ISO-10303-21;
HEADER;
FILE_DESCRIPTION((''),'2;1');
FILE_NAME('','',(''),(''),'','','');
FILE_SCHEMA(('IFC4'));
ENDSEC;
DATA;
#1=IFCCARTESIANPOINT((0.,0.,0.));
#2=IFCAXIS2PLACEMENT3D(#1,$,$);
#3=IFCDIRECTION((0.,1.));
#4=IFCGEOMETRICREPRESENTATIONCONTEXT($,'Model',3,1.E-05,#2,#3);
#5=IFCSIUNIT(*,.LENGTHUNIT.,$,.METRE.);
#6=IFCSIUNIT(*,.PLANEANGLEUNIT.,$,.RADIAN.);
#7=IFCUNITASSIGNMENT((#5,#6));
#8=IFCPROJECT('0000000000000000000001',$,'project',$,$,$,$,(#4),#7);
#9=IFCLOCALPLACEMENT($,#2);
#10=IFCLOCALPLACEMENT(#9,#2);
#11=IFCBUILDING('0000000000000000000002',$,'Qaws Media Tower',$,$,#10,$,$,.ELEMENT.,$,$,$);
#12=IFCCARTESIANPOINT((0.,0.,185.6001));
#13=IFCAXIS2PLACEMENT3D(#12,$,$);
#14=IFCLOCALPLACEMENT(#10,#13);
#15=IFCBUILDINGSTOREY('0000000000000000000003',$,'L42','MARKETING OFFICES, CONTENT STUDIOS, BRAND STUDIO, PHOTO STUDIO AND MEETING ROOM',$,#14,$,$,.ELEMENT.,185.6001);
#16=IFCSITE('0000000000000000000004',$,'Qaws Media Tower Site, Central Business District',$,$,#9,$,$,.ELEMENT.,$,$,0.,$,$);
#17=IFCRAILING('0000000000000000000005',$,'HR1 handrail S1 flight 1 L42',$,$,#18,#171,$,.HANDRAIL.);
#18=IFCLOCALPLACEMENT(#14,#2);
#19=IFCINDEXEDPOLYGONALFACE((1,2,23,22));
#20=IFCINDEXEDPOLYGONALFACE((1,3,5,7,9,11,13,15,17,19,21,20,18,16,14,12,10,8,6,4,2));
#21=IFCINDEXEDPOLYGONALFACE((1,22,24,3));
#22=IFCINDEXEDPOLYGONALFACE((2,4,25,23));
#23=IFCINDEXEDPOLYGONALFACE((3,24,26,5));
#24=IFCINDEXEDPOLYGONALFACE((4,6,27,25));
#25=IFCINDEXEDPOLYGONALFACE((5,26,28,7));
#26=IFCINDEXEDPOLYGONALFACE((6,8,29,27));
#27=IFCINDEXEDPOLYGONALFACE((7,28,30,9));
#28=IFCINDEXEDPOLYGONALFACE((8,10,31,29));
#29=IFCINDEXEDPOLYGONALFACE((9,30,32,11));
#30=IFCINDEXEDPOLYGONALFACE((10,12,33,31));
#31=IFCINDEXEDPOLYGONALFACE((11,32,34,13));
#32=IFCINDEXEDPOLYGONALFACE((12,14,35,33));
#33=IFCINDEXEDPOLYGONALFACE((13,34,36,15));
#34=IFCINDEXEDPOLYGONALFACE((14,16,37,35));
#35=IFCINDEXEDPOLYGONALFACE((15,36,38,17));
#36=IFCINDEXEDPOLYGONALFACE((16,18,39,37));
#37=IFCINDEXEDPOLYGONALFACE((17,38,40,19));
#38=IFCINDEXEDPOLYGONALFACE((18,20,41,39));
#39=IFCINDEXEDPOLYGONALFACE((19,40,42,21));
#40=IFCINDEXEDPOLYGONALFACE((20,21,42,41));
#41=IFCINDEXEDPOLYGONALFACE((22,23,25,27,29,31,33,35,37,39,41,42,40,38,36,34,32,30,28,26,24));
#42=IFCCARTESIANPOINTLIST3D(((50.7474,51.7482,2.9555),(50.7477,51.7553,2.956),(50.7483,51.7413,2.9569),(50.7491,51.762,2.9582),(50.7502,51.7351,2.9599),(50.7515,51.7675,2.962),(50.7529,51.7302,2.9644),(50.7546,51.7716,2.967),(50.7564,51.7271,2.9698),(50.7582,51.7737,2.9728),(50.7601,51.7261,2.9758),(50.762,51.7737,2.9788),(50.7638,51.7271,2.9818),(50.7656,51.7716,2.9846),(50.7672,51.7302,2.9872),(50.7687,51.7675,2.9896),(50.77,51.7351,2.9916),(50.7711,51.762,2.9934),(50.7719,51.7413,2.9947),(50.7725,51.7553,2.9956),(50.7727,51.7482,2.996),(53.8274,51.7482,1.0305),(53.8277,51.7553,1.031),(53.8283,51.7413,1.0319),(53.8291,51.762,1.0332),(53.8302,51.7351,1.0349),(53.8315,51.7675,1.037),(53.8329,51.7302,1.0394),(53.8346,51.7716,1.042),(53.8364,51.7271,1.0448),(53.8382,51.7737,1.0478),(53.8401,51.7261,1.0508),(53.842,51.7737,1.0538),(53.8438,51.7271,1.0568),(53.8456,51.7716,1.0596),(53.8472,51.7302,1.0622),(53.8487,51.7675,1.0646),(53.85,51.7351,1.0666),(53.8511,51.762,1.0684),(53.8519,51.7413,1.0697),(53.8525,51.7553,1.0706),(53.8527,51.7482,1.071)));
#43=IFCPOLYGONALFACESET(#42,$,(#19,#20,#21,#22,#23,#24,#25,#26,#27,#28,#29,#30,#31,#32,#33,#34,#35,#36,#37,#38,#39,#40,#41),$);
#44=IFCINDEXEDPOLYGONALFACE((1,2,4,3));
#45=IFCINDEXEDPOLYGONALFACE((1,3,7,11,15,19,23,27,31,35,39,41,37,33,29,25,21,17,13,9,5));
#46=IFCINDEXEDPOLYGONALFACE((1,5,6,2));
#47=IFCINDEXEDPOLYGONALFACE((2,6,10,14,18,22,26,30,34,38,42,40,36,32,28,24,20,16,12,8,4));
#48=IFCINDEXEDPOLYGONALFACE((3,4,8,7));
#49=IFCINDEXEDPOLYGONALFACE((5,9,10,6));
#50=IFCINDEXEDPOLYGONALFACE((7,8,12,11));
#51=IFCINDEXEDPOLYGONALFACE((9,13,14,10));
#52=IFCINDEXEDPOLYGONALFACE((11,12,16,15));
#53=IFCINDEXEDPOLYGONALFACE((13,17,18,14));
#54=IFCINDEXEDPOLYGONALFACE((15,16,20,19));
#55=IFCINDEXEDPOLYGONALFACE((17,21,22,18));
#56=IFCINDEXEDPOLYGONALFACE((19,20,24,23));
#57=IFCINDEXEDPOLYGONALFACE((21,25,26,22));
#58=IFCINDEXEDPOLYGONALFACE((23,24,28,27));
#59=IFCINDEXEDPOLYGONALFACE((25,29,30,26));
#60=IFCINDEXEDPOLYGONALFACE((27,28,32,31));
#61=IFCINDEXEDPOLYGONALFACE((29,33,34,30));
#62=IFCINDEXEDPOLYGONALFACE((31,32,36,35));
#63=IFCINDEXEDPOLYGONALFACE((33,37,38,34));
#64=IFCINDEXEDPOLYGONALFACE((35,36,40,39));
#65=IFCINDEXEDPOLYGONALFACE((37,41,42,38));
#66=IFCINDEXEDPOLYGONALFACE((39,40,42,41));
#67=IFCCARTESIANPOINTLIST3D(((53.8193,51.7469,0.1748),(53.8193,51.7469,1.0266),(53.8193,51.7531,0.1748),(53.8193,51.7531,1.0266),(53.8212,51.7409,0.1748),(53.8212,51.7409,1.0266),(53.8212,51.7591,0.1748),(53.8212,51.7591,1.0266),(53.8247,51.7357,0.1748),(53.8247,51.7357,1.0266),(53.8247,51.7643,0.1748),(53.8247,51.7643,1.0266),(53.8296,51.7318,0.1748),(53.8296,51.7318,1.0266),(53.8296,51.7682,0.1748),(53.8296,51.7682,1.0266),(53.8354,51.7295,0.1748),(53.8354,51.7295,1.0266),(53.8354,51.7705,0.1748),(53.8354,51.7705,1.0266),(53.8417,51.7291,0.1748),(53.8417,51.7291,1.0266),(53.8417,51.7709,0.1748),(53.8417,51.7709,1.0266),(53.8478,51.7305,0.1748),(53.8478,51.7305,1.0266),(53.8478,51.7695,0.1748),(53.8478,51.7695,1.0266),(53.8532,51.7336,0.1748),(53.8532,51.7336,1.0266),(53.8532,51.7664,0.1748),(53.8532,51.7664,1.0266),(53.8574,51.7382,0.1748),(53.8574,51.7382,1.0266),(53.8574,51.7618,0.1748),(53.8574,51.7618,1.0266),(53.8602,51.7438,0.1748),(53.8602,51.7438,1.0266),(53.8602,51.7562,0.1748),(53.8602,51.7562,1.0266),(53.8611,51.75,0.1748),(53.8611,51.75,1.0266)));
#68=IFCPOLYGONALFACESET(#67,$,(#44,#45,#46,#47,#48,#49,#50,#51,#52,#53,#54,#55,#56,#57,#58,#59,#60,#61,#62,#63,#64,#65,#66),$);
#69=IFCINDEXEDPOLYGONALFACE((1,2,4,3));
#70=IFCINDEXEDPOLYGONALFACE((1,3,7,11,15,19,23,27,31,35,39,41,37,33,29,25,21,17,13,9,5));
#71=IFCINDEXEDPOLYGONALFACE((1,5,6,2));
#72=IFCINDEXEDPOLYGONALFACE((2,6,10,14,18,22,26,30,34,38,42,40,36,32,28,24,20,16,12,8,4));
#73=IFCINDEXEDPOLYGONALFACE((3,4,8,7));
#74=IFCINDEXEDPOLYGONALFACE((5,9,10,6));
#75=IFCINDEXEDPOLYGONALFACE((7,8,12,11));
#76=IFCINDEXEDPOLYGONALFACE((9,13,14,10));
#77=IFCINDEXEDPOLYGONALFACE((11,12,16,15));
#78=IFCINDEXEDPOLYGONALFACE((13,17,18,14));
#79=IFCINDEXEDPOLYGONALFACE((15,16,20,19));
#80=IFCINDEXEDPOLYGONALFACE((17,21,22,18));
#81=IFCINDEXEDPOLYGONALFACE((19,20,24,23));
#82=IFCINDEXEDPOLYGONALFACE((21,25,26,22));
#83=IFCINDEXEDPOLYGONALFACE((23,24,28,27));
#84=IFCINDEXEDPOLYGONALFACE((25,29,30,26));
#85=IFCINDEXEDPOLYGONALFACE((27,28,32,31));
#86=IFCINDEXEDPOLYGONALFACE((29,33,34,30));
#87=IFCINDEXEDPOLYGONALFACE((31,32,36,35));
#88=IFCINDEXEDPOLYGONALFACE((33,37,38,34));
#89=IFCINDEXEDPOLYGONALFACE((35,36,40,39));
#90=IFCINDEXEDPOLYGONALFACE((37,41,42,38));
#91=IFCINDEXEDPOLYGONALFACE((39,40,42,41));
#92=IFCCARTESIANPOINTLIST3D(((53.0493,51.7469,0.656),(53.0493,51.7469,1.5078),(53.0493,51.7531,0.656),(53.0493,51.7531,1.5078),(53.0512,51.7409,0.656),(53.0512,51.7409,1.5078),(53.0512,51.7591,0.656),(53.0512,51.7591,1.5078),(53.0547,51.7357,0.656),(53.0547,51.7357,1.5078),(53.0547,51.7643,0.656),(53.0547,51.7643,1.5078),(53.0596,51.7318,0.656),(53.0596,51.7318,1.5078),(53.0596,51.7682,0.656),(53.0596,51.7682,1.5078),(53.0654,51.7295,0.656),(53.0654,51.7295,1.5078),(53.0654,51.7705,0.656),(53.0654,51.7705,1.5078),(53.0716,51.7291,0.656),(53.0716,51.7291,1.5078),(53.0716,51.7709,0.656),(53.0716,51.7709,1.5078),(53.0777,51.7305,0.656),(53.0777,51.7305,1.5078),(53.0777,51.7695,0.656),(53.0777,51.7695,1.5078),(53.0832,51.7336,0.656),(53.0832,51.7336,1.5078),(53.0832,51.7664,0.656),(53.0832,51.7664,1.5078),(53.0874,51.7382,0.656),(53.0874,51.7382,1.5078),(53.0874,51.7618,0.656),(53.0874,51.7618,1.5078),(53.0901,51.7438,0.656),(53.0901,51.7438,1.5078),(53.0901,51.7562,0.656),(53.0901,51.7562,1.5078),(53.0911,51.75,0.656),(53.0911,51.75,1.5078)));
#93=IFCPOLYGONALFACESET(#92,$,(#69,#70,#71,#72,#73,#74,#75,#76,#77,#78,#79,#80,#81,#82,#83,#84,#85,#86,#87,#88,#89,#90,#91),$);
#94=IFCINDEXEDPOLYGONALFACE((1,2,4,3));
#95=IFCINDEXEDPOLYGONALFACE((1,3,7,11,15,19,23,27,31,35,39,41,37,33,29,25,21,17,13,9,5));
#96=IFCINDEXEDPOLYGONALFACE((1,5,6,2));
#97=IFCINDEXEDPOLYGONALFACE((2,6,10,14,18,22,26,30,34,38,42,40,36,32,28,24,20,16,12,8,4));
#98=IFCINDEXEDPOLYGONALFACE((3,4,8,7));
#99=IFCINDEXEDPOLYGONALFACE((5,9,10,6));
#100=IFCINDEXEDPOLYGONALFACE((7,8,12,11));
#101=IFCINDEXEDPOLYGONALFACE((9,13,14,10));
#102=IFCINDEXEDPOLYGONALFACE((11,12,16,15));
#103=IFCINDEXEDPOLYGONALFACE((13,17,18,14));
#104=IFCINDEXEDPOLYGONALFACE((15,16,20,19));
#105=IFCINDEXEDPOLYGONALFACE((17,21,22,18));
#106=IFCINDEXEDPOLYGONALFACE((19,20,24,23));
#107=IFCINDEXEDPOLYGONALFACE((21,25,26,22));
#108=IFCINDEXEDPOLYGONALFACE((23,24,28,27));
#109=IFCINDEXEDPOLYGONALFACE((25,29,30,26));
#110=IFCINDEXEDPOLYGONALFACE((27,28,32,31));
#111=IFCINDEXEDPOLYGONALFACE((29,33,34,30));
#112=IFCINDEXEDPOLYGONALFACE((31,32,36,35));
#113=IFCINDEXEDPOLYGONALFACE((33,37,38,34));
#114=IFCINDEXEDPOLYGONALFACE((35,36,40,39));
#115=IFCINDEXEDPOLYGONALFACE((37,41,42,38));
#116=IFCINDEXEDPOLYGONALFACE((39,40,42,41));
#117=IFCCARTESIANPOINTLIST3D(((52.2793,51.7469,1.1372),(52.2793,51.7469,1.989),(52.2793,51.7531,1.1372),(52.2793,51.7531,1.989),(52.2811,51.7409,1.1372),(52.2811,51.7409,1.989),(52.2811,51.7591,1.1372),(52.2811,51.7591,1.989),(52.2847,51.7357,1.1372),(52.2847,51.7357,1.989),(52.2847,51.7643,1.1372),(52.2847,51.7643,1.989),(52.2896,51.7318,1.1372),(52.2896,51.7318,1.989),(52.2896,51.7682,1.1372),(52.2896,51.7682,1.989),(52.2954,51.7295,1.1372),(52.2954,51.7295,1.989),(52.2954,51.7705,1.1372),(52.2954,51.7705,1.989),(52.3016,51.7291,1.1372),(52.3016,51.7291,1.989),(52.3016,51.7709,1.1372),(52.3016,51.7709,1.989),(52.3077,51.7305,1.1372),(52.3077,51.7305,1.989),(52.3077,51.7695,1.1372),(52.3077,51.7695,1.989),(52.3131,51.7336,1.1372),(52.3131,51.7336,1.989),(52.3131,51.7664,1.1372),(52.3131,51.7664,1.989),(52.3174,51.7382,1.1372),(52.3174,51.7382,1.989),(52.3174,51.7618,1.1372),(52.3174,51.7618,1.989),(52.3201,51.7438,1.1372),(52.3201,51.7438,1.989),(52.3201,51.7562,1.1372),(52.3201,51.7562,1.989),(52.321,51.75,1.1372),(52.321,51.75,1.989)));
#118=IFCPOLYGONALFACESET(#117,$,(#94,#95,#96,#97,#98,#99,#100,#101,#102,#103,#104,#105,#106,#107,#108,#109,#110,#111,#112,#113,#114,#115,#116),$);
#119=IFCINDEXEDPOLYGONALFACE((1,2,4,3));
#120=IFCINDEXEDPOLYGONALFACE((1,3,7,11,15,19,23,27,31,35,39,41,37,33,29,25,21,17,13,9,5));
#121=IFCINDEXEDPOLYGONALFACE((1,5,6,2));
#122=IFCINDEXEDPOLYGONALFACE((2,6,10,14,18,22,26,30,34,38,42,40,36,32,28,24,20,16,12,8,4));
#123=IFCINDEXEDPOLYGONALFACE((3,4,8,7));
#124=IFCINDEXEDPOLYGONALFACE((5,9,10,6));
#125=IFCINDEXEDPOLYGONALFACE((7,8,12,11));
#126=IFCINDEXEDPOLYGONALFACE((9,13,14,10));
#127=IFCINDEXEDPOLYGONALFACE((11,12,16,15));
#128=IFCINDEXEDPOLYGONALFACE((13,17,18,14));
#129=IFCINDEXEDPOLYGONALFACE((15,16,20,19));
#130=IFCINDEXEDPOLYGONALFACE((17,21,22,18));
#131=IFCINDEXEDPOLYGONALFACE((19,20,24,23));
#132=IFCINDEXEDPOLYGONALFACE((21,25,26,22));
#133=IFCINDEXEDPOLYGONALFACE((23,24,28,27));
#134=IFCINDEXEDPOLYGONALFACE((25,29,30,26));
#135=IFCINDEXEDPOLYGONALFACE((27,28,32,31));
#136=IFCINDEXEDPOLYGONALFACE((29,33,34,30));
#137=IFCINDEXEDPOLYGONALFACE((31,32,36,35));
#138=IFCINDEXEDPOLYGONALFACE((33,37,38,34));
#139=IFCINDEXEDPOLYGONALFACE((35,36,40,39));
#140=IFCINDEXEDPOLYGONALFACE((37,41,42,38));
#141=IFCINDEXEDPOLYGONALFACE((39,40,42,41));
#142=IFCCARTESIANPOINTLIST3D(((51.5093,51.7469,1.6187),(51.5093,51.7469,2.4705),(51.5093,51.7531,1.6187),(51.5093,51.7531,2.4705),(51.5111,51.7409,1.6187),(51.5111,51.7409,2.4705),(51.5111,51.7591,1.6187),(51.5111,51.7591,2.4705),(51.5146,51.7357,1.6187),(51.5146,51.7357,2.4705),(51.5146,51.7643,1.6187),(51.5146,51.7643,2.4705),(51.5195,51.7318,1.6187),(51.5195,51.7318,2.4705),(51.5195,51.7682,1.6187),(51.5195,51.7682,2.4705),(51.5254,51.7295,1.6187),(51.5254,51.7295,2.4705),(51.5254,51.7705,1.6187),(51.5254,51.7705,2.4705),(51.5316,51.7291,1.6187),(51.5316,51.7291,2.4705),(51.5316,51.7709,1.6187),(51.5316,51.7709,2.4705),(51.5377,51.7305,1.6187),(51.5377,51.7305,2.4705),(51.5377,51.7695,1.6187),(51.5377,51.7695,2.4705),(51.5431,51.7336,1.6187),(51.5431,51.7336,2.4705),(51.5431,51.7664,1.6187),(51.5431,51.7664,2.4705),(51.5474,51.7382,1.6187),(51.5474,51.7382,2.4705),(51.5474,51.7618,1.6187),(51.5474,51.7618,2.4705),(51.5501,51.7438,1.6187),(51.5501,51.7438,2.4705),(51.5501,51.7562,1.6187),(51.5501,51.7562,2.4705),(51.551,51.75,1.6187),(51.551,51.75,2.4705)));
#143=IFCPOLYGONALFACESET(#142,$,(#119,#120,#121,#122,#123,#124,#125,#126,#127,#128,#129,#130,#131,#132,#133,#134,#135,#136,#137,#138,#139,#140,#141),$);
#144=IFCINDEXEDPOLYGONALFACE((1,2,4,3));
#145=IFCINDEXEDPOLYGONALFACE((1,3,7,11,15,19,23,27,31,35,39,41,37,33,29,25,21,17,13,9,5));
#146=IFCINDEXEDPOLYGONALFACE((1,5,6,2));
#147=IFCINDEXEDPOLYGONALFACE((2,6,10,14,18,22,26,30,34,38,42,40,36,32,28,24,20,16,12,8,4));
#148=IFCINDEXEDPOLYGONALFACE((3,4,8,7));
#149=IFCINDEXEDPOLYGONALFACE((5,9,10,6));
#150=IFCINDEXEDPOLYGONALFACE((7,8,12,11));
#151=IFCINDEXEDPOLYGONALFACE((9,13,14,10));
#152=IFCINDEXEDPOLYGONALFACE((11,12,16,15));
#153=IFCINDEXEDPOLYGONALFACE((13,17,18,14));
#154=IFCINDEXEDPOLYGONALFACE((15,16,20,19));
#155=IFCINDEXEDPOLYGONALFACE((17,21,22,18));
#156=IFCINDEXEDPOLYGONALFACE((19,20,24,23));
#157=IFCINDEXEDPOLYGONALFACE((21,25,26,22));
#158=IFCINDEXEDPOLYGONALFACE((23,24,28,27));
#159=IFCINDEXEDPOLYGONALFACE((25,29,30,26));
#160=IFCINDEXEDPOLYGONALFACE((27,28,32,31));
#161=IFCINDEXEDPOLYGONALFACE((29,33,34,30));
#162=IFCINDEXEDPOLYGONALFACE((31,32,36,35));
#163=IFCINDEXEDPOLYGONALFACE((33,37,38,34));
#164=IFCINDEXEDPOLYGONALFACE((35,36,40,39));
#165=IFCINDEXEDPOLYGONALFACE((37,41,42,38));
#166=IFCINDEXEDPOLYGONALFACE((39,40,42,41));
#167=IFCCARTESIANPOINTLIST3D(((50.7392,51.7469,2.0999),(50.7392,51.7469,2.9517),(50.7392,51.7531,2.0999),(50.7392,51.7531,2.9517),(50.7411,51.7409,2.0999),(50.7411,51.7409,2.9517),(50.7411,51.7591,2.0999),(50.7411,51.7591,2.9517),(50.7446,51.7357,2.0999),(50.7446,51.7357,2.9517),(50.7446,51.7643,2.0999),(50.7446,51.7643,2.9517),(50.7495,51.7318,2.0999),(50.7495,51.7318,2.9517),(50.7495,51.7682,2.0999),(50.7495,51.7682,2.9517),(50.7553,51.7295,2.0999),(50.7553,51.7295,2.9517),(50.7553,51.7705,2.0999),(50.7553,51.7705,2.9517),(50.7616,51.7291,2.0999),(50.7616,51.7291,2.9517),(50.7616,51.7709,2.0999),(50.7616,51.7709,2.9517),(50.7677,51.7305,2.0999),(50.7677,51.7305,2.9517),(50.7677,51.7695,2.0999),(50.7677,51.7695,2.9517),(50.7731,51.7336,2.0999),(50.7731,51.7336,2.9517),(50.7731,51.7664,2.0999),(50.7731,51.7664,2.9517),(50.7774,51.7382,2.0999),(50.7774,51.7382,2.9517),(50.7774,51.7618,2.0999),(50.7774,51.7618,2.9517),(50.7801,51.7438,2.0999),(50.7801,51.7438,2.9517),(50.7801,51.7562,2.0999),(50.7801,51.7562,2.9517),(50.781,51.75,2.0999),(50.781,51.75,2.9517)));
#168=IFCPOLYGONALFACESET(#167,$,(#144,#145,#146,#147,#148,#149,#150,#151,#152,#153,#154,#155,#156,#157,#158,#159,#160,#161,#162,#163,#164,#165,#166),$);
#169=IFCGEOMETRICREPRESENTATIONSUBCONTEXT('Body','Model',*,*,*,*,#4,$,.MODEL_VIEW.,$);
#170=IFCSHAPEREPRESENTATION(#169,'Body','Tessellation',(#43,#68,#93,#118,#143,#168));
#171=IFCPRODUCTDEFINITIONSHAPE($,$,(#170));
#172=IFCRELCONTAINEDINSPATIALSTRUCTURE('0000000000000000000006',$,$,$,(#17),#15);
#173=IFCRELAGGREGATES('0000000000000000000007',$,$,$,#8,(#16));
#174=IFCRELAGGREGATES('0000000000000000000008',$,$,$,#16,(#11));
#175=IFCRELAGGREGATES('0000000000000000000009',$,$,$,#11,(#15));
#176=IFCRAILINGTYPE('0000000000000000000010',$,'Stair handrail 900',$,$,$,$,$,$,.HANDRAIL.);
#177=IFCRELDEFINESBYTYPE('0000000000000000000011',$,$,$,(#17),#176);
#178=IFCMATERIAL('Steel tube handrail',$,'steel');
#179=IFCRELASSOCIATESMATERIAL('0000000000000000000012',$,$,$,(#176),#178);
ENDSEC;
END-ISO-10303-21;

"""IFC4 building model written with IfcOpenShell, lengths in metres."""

from ifc_helpers import new_model, si_unit, direction, frame, origin, origin_2d, place, context, subcontext, project, spatial, circle, extrude, material, type_object, element, save


model = new_model("IFC4")

# Units and contexts
model_context = context("Model", 3, precision=1e-05, world=origin(), true_north=direction((0.0, 1.0)))
body_context = subcontext(model_context, "Body", "Model", "MODEL_VIEW")
ifc_project = project(units=[si_unit("LENGTHUNIT", "METRE"), si_unit("PLANEANGLEUNIT", "RADIAN")], contexts=[model_context])

# Site, building, storey
site_placement = place(None, origin())
site = spatial("IfcSite", under=ifc_project, at=site_placement, Name="Qaws Media Tower Site, Central Business District", CompositionType="ELEMENT", RefElevation=0.0)
building_placement = place(site_placement, origin())
building = spatial("IfcBuilding", under=site, at=building_placement, Name="Qaws Media Tower", CompositionType="ELEMENT")
storey_placement = place(building_placement, frame((0.0, 0.0, 185.6001)))
storey = spatial("IfcBuildingStorey", under=building, at=storey_placement, Name="L42", Description="MARKETING OFFICES, CONTENT STUDIOS, BRAND STUDIO, PHOTO STUDIO AND MEETING ROOM", CompositionType="ELEMENT", Elevation=185.6001)

# Railing
ifc_material_1 = material(Name="Steel tube handrail", Category="steel")
railing_type = type_object("IfcRailingType", Name="Stair handrail 900", PredefinedType="HANDRAIL", material=ifc_material_1)
for number, where, name in (
    (1, (53.8401, 51.75, 0.1748), "HR1 handrail S1 flight 1 L42"),
):
    element("IfcRailing", number, at=place(storey_placement, frame(where)), inside=storey, type_object=railing_type, Name=name, PredefinedType="HANDRAIL", context=body_context, shape_type="SweptSolid", body=[
        extrude(circle(Radius=0.0239, at=origin_2d()), frame((0.0, 0.0, 0.876), z_axis=(-0.847998, 0.0, 0.529999), x_axis=(0.0, -1.0, 0.0)), (0.0, 0.0, 1.0), 3.6321),
        extrude(circle(Radius=0.021, at=origin_2d()), origin(), (0.0, 0.0, 1.0), 0.8518),
        extrude(circle(Radius=0.021, at=origin_2d()), frame((-0.77, 0.0, 0.4812)), (0.0, 0.0, 1.0), 0.8518),
        extrude(circle(Radius=0.021, at=origin_2d()), frame((-1.54, 0.0, 0.9624)), (0.0, 0.0, 1.0), 0.8518),
        extrude(circle(Radius=0.021, at=origin_2d()), frame((-2.3101, 0.0, 1.4438)), (0.0, 0.0, 1.0), 0.8518),
        extrude(circle(Radius=0.021, at=origin_2d()), frame((-3.0801, 0.0, 1.925)), (0.0, 0.0, 1.0), 0.8518),
    ])

save(model, "model.ifc")
